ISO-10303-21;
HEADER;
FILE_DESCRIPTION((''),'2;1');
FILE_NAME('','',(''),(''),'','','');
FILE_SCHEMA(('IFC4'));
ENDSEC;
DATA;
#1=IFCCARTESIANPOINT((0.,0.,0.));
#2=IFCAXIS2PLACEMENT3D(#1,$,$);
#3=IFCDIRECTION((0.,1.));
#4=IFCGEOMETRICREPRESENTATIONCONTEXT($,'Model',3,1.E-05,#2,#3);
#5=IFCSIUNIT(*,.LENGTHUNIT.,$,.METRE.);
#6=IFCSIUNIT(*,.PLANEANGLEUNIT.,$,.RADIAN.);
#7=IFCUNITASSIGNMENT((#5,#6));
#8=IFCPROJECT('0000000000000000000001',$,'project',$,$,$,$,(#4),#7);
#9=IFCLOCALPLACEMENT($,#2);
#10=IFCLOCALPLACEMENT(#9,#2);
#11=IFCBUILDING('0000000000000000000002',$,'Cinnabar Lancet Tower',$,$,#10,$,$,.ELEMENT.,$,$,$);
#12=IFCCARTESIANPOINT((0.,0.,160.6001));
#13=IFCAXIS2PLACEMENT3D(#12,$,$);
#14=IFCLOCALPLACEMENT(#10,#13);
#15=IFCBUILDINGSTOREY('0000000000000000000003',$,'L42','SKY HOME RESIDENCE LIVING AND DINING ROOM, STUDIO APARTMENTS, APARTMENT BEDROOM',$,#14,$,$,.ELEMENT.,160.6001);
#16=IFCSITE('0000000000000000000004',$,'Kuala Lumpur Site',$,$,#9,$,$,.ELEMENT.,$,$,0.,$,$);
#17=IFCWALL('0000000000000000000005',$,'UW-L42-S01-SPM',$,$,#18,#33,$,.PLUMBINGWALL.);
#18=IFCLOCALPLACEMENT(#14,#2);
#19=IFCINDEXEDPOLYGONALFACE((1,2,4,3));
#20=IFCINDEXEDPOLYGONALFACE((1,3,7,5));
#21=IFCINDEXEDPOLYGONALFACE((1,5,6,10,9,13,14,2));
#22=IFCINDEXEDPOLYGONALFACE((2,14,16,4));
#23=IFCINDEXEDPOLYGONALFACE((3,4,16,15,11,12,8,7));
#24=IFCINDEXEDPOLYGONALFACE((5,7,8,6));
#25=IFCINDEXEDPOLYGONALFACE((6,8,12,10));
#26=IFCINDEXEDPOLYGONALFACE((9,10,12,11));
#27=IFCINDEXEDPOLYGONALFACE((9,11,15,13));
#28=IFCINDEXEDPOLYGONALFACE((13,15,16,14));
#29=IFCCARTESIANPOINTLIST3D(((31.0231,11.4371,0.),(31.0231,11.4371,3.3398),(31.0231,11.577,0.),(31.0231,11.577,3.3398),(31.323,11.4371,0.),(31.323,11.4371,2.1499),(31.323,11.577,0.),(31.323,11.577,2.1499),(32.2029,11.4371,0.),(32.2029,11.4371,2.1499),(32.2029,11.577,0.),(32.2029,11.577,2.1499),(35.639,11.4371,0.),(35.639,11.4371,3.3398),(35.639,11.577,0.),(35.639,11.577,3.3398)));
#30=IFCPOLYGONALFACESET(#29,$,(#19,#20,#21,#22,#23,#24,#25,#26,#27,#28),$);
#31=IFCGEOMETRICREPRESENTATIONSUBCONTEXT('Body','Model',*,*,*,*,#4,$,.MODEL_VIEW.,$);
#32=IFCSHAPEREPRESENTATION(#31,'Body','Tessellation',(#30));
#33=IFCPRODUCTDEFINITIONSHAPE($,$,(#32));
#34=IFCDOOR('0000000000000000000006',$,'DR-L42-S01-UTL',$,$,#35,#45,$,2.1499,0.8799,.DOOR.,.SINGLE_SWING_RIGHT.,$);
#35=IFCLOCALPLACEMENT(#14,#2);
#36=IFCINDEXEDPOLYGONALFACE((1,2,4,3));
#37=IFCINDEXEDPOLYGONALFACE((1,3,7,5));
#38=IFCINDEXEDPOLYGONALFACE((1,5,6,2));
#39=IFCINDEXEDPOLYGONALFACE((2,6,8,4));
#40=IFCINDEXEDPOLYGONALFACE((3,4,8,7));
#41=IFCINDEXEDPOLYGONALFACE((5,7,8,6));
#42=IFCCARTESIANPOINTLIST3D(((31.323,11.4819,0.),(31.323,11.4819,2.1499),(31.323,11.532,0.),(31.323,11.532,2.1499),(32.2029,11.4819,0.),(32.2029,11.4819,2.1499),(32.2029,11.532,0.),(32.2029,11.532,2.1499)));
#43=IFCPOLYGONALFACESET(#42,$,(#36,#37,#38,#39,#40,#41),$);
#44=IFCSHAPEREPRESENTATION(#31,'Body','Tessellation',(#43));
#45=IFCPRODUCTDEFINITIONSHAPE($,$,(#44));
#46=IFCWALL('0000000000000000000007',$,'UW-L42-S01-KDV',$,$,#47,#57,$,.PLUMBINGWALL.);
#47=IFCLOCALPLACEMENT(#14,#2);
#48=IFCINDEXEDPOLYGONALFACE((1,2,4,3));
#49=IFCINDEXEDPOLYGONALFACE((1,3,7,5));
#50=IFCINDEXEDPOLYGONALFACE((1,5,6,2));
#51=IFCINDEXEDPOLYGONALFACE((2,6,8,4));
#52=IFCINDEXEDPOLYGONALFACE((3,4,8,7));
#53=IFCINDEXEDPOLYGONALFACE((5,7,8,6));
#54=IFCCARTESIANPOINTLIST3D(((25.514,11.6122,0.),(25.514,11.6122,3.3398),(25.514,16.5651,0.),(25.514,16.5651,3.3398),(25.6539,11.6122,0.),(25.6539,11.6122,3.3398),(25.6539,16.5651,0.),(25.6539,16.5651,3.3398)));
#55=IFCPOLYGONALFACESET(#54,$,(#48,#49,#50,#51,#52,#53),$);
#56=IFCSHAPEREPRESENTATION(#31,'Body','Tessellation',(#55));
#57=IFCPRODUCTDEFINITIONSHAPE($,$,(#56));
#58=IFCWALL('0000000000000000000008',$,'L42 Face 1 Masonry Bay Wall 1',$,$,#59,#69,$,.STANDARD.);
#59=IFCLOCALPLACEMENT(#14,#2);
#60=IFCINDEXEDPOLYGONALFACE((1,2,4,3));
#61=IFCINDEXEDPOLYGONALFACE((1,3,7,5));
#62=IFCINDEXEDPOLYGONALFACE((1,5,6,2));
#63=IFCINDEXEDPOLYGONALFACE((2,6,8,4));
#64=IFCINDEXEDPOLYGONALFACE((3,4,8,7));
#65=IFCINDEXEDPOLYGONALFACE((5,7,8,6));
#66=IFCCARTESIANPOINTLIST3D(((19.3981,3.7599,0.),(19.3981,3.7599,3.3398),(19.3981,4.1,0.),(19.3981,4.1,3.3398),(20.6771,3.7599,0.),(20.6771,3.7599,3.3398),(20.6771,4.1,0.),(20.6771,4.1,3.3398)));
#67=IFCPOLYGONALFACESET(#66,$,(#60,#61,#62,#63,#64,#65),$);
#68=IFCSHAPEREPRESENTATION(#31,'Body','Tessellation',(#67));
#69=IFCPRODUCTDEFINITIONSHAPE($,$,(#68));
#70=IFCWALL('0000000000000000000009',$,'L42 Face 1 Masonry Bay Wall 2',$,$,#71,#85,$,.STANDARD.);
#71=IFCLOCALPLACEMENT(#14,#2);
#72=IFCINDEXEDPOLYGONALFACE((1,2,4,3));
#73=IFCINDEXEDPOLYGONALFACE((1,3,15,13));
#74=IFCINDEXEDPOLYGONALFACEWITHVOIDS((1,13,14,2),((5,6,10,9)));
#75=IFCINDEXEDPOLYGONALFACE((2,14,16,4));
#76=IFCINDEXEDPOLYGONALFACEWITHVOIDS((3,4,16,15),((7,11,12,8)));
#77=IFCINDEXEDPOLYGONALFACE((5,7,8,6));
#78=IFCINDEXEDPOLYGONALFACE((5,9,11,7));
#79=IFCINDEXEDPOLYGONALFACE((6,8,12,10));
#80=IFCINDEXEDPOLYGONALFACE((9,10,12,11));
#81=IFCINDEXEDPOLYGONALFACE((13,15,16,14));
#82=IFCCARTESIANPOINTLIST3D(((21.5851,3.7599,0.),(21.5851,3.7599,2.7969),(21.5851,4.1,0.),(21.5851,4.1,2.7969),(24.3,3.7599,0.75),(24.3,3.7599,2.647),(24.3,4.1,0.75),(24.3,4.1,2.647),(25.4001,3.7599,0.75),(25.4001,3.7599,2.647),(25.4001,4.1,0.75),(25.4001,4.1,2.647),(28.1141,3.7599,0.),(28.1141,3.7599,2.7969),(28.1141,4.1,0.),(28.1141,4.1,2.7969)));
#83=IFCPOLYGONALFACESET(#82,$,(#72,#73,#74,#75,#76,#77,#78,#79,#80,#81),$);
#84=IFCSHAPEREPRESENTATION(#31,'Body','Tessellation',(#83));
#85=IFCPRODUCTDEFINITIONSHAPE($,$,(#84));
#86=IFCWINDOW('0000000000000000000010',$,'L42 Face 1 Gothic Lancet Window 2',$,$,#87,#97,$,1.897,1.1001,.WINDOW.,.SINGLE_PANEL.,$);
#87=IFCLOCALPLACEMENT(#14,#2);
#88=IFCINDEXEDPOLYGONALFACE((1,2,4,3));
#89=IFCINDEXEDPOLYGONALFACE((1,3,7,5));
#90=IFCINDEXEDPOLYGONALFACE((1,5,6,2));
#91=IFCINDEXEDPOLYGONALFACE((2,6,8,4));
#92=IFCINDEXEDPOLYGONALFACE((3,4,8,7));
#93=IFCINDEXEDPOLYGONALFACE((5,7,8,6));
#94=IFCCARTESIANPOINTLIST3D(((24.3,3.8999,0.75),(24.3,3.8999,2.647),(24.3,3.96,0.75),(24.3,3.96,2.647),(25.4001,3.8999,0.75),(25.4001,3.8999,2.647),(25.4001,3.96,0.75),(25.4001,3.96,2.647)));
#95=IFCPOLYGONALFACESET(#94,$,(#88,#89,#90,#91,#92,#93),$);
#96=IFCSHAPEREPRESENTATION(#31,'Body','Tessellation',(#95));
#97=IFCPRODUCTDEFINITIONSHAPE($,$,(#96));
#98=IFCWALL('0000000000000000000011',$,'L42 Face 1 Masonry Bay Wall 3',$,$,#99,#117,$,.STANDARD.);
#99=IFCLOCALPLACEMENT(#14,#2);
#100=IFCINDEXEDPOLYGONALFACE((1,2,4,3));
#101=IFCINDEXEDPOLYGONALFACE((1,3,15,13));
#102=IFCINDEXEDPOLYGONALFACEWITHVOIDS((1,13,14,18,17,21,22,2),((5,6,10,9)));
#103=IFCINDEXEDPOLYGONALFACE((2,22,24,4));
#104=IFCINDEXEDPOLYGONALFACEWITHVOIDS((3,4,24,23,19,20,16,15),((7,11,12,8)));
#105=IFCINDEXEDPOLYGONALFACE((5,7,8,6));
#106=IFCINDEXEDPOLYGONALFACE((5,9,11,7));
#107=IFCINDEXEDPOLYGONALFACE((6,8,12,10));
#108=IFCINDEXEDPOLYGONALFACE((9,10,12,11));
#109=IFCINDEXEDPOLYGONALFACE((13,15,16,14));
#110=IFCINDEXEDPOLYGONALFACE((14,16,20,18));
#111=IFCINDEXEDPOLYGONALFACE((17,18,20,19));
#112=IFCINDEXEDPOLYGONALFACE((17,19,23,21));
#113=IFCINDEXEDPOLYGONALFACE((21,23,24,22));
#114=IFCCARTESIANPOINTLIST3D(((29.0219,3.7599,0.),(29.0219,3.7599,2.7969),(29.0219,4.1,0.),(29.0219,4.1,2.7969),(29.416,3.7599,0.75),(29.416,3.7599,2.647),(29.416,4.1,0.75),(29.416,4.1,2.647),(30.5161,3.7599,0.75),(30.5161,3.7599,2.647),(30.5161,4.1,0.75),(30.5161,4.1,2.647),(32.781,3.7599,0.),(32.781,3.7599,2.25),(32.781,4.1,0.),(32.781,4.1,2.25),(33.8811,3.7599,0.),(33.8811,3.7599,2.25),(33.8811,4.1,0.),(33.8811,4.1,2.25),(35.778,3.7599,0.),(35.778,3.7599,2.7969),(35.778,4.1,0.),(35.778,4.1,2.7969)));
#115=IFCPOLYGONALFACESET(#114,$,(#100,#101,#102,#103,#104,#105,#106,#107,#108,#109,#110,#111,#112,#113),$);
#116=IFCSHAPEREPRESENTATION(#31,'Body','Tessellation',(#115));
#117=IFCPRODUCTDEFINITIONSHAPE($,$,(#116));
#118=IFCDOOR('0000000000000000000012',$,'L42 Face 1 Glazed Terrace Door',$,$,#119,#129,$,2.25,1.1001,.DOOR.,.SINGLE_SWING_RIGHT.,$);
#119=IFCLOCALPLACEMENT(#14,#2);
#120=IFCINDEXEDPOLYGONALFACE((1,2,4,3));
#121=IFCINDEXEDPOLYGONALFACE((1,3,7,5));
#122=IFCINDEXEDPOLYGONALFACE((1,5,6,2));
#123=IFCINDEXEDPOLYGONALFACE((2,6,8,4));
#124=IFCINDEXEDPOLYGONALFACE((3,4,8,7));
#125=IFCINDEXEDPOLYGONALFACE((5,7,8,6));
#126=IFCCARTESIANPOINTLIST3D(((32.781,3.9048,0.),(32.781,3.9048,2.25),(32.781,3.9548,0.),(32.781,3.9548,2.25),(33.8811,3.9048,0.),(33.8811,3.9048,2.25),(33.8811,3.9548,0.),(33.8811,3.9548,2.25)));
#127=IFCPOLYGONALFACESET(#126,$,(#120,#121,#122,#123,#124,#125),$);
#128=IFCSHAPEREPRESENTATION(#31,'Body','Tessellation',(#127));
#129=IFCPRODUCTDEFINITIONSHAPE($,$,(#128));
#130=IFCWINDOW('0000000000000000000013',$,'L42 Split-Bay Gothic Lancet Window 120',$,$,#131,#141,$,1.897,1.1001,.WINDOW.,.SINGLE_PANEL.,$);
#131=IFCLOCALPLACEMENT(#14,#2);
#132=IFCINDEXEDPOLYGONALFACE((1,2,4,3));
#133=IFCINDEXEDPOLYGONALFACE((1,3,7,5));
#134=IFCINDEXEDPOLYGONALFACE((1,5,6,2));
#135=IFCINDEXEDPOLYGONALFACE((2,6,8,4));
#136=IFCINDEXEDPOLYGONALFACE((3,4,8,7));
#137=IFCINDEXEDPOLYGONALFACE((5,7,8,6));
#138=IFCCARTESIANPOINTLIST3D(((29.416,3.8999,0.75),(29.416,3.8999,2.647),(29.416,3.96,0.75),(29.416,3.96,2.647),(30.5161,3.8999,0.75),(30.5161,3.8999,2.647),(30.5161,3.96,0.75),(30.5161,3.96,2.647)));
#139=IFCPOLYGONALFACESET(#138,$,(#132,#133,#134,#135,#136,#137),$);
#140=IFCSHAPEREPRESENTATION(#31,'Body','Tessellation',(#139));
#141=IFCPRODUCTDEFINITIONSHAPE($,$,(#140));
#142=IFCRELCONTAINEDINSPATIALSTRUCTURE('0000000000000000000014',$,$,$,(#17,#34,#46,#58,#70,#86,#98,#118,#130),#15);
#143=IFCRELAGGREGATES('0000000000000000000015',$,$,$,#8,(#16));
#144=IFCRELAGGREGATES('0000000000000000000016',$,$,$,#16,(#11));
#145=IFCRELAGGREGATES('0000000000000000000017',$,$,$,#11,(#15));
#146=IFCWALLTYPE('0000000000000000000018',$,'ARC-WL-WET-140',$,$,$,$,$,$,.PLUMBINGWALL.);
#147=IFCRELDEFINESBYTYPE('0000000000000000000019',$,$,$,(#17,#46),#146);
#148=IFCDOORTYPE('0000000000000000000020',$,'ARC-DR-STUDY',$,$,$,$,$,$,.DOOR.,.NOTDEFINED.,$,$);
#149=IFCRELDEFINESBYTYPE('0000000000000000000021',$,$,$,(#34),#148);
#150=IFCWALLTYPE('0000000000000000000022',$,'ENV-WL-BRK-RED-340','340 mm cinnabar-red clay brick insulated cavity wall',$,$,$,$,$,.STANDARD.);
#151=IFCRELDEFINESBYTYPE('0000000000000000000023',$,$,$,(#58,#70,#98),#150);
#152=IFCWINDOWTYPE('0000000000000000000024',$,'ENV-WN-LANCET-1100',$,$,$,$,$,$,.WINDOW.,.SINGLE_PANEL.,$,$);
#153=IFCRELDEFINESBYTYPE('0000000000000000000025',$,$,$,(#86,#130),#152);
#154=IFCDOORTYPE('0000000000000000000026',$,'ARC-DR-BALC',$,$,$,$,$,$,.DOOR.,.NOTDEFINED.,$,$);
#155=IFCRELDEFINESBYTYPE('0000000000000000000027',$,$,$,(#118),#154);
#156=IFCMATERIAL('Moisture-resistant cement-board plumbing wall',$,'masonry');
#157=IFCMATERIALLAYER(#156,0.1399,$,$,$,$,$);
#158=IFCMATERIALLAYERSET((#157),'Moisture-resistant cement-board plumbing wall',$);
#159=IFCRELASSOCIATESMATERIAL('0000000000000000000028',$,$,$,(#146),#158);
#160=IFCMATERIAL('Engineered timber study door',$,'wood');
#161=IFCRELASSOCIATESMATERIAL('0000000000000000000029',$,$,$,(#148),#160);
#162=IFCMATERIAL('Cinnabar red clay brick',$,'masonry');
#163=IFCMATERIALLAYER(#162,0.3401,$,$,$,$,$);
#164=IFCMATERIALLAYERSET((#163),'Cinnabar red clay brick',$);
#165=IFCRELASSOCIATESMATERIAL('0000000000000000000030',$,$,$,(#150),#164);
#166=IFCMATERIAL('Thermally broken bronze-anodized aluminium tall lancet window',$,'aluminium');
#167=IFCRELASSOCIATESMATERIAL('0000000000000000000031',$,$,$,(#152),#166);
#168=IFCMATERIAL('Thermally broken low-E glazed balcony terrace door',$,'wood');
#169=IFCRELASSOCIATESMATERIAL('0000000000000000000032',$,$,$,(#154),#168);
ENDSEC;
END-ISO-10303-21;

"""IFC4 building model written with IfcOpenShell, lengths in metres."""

from ifc_helpers import new_model, si_unit, direction, frame, frame_2d, origin, place, context, subcontext, project, spatial, rectangle, extrude, material, layer, layer_set, type_object, element, fill, save


model = new_model("IFC4")

# Units and contexts
model_context = context("Model", 3, precision=1e-05, world=origin(), true_north=direction((0.0, 1.0)))
body_context = subcontext(model_context, "Body", "Model", "MODEL_VIEW")
ifc_project = project(units=[si_unit("LENGTHUNIT", "METRE"), si_unit("PLANEANGLEUNIT", "RADIAN")], contexts=[model_context])

# Site, building, storey
site_placement = place(None, origin())
site = spatial("IfcSite", under=ifc_project, at=site_placement, Name="Kuala Lumpur Site", CompositionType="ELEMENT", RefElevation=0.0)
building_placement = place(site_placement, origin())
building = spatial("IfcBuilding", under=site, at=building_placement, Name="Cinnabar Lancet Tower", CompositionType="ELEMENT")
storey_placement = place(building_placement, frame((0.0, 0.0, 160.6001)))
storey = spatial("IfcBuildingStorey", under=building, at=storey_placement, Name="L42", Description="SKY HOME RESIDENCE LIVING AND DINING ROOM, STUDIO APARTMENTS, APARTMENT BEDROOM", CompositionType="ELEMENT", Elevation=160.6001)

# Shared definitions
ifc_material_1 = material(Name="Moisture-resistant cement-board plumbing wall", Category="masonry")
ifc_layer_1 = layer(ifc_material_1, 0.1399)
ifc_layer_set_1 = layer_set([ifc_layer_1], Name="Moisture-resistant cement-board plumbing wall")
wall_type_1 = type_object("IfcWallType", Name="ARC-WL-WET-140", PredefinedType="PLUMBINGWALL", material=ifc_layer_set_1)
ifc_material_2 = material(Name="Engineered timber study door", Category="wood")
door_type_1 = type_object("IfcDoorType", Name="ARC-DR-STUDY", OperationType="NOTDEFINED", PredefinedType="DOOR", material=ifc_material_2)

# Wall, opening, door
wall_1_placement = place(storey_placement, frame((31.0229, 11.5071, 0.0), z_axis=(0.0, 0.0, 1.0), x_axis=(1.0, 0.0, 0.0)))
wall_1 = element("IfcWall", 1, at=wall_1_placement, inside=storey, type_object=wall_type_1, Name="UW-L42-S01-SPM", PredefinedType="PLUMBINGWALL", context=body_context, shape_type="SweptSolid", body=[
    extrude(rectangle(XDim=4.616, YDim=0.1399, at=frame_2d((2.3081, 0.0))), origin(), (0.0, 0.0, 1.0), 3.3398),
])
opening_1_placement = place(wall_1_placement, frame((0.3, 0.0, 0.0)))
opening_1 = element("IfcOpeningElement", 2, at=opening_1_placement, cuts=wall_1, PredefinedType="OPENING", context=body_context, shape_type="SweptSolid", body=[
    extrude(rectangle(XDim=0.8799, YDim=2.1499, at=frame_2d((0.4399, 1.075))), frame((0.0, 0.0798, 0.0), z_axis=(0.0, -1.0, 0.0), x_axis=(1.0, 0.0, 0.0)), (0.0, 0.0, 1.0), 0.1599),
])
door_1_placement = place(opening_1_placement, origin())
door_1 = element("IfcDoor", 3, at=door_1_placement, inside=storey, type_object=door_type_1, Name="DR-L42-S01-UTL", OperationType="SINGLE_SWING_RIGHT", OverallHeight=2.1499, OverallWidth=0.8799, PredefinedType="DOOR", context=body_context, shape_type="SweptSolid", body=[
    extrude(rectangle(XDim=0.8799, YDim=2.1499, at=frame_2d((0.4399, 1.075))), frame((0.0, 0.0249, 0.0), z_axis=(0.0, -1.0, 0.0), x_axis=(1.0, 0.0, 0.0)), (0.0, 0.0, 1.0), 0.05),
])
fill(opening_1, door_1)

# Walls
wall_2_placement = place(storey_placement, frame((25.584, 11.6121, 0.0), z_axis=(0.0, 0.0, 1.0), x_axis=(0.0, 1.0, 0.0)))
element("IfcWall", 4, at=wall_2_placement, inside=storey, type_object=wall_type_1, Name="UW-L42-S01-KDV", PredefinedType="PLUMBINGWALL", context=body_context, shape_type="SweptSolid", body=[
    extrude(rectangle(XDim=4.9529, YDim=0.1399, at=frame_2d((2.4766, 0.0))), origin(), (0.0, 0.0, 1.0), 3.3398),
])
ifc_material_3 = material(Name="Cinnabar red clay brick", Category="masonry")
ifc_layer_2 = layer(ifc_material_3, 0.3401)
ifc_layer_set_2 = layer_set([ifc_layer_2], Name="Cinnabar red clay brick")
wall_type_2 = type_object("IfcWallType", Name="ENV-WL-BRK-RED-340", Description="340 mm cinnabar-red clay brick insulated cavity wall", PredefinedType="STANDARD", material=ifc_layer_set_2)
wall_3_placement = place(storey_placement, frame((19.3979, 3.9299, 0.0), z_axis=(0.0, 0.0, 1.0), x_axis=(1.0, 0.0, 0.0)))
element("IfcWall", 5, at=wall_3_placement, inside=storey, type_object=wall_type_2, Name="L42 Face 1 Masonry Bay Wall 1", PredefinedType="STANDARD", context=body_context, shape_type="SweptSolid", body=[
    extrude(rectangle(XDim=1.2791, YDim=0.3401, at=frame_2d((0.6396, 0.0))), origin(), (0.0, 0.0, 1.0), 3.3398),
])

# Wall, opening, window
wall_4_placement = place(storey_placement, frame((21.585, 3.9299, 0.0), z_axis=(0.0, 0.0, 1.0), x_axis=(1.0, 0.0, 0.0)))
wall_4 = element("IfcWall", 6, at=wall_4_placement, inside=storey, type_object=wall_type_2, Name="L42 Face 1 Masonry Bay Wall 2", PredefinedType="STANDARD", context=body_context, shape_type="SweptSolid", body=[
    extrude(rectangle(XDim=6.5291, YDim=0.3401, at=frame_2d((3.2646, 0.0))), origin(), (0.0, 0.0, 1.0), 2.7969),
])
opening_2_placement = place(wall_4_placement, frame((2.7151, 0.0, 0.75)))
opening_2 = element("IfcOpeningElement", 7, at=opening_2_placement, cuts=wall_4, PredefinedType="OPENING", context=body_context, shape_type="SweptSolid", body=[
    extrude(rectangle(XDim=1.1001, YDim=1.897, at=frame_2d((0.55, 0.9485))), frame((0.0, 0.1799, 0.0), z_axis=(0.0, -1.0, 0.0), x_axis=(1.0, 0.0, 0.0)), (0.0, 0.0, 1.0), 0.3601),
])
ifc_material_4 = material(Name="Thermally broken bronze-anodized aluminium tall lancet window", Category="aluminium")
window_type = type_object("IfcWindowType", Name="ENV-WN-LANCET-1100", PartitioningType="SINGLE_PANEL", PredefinedType="WINDOW", material=ifc_material_4)
window_1_placement = place(opening_2_placement, origin())
window_1 = element("IfcWindow", 8, at=window_1_placement, inside=storey, type_object=window_type, Name="L42 Face 1 Gothic Lancet Window 2", OverallHeight=1.897, OverallWidth=1.1001, PartitioningType="SINGLE_PANEL", PredefinedType="WINDOW", context=body_context, shape_type="SweptSolid", body=[
    extrude(rectangle(XDim=1.1001, YDim=1.897, at=frame_2d((0.55, 0.9485))), frame((0.0, 0.03, 0.0), z_axis=(0.0, -1.0, 0.0), x_axis=(1.0, 0.0, 0.0)), (0.0, 0.0, 1.0), 0.0601),
])
fill(opening_2, window_1)

# Wall, openings, door, window
wall_5_placement = place(storey_placement, frame((29.022, 3.9299, 0.0), z_axis=(0.0, 0.0, 1.0), x_axis=(1.0, 0.0, 0.0)))
wall_5 = element("IfcWall", 9, at=wall_5_placement, inside=storey, type_object=wall_type_2, Name="L42 Face 1 Masonry Bay Wall 3", PredefinedType="STANDARD", context=body_context, shape_type="SweptSolid", body=[
    extrude(rectangle(XDim=6.7561, YDim=0.3401, at=frame_2d((3.3779, 0.0))), origin(), (0.0, 0.0, 1.0), 2.7969),
])
opening_3_placement = place(wall_5_placement, frame((3.759, 0.0, 0.0)))
opening_3 = element("IfcOpeningElement", 10, at=opening_3_placement, cuts=wall_5, PredefinedType="OPENING", context=body_context, shape_type="SweptSolid", body=[
    extrude(rectangle(XDim=1.1001, YDim=2.25, at=frame_2d((0.55, 1.125))), frame((0.0, 0.1799, 0.0), z_axis=(0.0, -1.0, 0.0), x_axis=(1.0, 0.0, 0.0)), (0.0, 0.0, 1.0), 0.3601),
])
opening_4_placement = place(wall_5_placement, frame((0.394, 0.0, 0.75)))
opening_4 = element("IfcOpeningElement", 11, at=opening_4_placement, cuts=wall_5, PredefinedType="OPENING", context=body_context, shape_type="SweptSolid", body=[
    extrude(rectangle(XDim=1.1001, YDim=1.897, at=frame_2d((0.55, 0.9485))), frame((0.0, 0.1799, 0.0), z_axis=(0.0, -1.0, 0.0), x_axis=(1.0, 0.0, 0.0)), (0.0, 0.0, 1.0), 0.3601),
])
ifc_material_5 = material(Name="Thermally broken low-E glazed balcony terrace door", Category="wood")
door_type_2 = type_object("IfcDoorType", Name="ARC-DR-BALC", OperationType="NOTDEFINED", PredefinedType="DOOR", material=ifc_material_5)
door_2_placement = place(opening_3_placement, origin())
door_2 = element("IfcDoor", 12, at=door_2_placement, inside=storey, type_object=door_type_2, Name="L42 Face 1 Glazed Terrace Door", OperationType="SINGLE_SWING_RIGHT", OverallHeight=2.25, OverallWidth=1.1001, PredefinedType="DOOR", context=body_context, shape_type="SweptSolid", body=[
    extrude(rectangle(XDim=1.1001, YDim=2.25, at=frame_2d((0.55, 1.125))), frame((0.0, 0.0249, 0.0), z_axis=(0.0, -1.0, 0.0), x_axis=(1.0, 0.0, 0.0)), (0.0, 0.0, 1.0), 0.05),
])
fill(opening_3, door_2)
window_2_placement = place(opening_4_placement, origin())
window_2 = element("IfcWindow", 13, at=window_2_placement, inside=storey, type_object=window_type, Name="L42 Split-Bay Gothic Lancet Window 120", OverallHeight=1.897, OverallWidth=1.1001, PartitioningType="SINGLE_PANEL", PredefinedType="WINDOW", context=body_context, shape_type="SweptSolid", body=[
    extrude(rectangle(XDim=1.1001, YDim=1.897, at=frame_2d((0.55, 0.9485))), frame((0.0, 0.03, 0.0), z_axis=(0.0, -1.0, 0.0), x_axis=(1.0, 0.0, 0.0)), (0.0, 0.0, 1.0), 0.0601),
])
fill(opening_4, window_2)

save(model, "model.ifc")
